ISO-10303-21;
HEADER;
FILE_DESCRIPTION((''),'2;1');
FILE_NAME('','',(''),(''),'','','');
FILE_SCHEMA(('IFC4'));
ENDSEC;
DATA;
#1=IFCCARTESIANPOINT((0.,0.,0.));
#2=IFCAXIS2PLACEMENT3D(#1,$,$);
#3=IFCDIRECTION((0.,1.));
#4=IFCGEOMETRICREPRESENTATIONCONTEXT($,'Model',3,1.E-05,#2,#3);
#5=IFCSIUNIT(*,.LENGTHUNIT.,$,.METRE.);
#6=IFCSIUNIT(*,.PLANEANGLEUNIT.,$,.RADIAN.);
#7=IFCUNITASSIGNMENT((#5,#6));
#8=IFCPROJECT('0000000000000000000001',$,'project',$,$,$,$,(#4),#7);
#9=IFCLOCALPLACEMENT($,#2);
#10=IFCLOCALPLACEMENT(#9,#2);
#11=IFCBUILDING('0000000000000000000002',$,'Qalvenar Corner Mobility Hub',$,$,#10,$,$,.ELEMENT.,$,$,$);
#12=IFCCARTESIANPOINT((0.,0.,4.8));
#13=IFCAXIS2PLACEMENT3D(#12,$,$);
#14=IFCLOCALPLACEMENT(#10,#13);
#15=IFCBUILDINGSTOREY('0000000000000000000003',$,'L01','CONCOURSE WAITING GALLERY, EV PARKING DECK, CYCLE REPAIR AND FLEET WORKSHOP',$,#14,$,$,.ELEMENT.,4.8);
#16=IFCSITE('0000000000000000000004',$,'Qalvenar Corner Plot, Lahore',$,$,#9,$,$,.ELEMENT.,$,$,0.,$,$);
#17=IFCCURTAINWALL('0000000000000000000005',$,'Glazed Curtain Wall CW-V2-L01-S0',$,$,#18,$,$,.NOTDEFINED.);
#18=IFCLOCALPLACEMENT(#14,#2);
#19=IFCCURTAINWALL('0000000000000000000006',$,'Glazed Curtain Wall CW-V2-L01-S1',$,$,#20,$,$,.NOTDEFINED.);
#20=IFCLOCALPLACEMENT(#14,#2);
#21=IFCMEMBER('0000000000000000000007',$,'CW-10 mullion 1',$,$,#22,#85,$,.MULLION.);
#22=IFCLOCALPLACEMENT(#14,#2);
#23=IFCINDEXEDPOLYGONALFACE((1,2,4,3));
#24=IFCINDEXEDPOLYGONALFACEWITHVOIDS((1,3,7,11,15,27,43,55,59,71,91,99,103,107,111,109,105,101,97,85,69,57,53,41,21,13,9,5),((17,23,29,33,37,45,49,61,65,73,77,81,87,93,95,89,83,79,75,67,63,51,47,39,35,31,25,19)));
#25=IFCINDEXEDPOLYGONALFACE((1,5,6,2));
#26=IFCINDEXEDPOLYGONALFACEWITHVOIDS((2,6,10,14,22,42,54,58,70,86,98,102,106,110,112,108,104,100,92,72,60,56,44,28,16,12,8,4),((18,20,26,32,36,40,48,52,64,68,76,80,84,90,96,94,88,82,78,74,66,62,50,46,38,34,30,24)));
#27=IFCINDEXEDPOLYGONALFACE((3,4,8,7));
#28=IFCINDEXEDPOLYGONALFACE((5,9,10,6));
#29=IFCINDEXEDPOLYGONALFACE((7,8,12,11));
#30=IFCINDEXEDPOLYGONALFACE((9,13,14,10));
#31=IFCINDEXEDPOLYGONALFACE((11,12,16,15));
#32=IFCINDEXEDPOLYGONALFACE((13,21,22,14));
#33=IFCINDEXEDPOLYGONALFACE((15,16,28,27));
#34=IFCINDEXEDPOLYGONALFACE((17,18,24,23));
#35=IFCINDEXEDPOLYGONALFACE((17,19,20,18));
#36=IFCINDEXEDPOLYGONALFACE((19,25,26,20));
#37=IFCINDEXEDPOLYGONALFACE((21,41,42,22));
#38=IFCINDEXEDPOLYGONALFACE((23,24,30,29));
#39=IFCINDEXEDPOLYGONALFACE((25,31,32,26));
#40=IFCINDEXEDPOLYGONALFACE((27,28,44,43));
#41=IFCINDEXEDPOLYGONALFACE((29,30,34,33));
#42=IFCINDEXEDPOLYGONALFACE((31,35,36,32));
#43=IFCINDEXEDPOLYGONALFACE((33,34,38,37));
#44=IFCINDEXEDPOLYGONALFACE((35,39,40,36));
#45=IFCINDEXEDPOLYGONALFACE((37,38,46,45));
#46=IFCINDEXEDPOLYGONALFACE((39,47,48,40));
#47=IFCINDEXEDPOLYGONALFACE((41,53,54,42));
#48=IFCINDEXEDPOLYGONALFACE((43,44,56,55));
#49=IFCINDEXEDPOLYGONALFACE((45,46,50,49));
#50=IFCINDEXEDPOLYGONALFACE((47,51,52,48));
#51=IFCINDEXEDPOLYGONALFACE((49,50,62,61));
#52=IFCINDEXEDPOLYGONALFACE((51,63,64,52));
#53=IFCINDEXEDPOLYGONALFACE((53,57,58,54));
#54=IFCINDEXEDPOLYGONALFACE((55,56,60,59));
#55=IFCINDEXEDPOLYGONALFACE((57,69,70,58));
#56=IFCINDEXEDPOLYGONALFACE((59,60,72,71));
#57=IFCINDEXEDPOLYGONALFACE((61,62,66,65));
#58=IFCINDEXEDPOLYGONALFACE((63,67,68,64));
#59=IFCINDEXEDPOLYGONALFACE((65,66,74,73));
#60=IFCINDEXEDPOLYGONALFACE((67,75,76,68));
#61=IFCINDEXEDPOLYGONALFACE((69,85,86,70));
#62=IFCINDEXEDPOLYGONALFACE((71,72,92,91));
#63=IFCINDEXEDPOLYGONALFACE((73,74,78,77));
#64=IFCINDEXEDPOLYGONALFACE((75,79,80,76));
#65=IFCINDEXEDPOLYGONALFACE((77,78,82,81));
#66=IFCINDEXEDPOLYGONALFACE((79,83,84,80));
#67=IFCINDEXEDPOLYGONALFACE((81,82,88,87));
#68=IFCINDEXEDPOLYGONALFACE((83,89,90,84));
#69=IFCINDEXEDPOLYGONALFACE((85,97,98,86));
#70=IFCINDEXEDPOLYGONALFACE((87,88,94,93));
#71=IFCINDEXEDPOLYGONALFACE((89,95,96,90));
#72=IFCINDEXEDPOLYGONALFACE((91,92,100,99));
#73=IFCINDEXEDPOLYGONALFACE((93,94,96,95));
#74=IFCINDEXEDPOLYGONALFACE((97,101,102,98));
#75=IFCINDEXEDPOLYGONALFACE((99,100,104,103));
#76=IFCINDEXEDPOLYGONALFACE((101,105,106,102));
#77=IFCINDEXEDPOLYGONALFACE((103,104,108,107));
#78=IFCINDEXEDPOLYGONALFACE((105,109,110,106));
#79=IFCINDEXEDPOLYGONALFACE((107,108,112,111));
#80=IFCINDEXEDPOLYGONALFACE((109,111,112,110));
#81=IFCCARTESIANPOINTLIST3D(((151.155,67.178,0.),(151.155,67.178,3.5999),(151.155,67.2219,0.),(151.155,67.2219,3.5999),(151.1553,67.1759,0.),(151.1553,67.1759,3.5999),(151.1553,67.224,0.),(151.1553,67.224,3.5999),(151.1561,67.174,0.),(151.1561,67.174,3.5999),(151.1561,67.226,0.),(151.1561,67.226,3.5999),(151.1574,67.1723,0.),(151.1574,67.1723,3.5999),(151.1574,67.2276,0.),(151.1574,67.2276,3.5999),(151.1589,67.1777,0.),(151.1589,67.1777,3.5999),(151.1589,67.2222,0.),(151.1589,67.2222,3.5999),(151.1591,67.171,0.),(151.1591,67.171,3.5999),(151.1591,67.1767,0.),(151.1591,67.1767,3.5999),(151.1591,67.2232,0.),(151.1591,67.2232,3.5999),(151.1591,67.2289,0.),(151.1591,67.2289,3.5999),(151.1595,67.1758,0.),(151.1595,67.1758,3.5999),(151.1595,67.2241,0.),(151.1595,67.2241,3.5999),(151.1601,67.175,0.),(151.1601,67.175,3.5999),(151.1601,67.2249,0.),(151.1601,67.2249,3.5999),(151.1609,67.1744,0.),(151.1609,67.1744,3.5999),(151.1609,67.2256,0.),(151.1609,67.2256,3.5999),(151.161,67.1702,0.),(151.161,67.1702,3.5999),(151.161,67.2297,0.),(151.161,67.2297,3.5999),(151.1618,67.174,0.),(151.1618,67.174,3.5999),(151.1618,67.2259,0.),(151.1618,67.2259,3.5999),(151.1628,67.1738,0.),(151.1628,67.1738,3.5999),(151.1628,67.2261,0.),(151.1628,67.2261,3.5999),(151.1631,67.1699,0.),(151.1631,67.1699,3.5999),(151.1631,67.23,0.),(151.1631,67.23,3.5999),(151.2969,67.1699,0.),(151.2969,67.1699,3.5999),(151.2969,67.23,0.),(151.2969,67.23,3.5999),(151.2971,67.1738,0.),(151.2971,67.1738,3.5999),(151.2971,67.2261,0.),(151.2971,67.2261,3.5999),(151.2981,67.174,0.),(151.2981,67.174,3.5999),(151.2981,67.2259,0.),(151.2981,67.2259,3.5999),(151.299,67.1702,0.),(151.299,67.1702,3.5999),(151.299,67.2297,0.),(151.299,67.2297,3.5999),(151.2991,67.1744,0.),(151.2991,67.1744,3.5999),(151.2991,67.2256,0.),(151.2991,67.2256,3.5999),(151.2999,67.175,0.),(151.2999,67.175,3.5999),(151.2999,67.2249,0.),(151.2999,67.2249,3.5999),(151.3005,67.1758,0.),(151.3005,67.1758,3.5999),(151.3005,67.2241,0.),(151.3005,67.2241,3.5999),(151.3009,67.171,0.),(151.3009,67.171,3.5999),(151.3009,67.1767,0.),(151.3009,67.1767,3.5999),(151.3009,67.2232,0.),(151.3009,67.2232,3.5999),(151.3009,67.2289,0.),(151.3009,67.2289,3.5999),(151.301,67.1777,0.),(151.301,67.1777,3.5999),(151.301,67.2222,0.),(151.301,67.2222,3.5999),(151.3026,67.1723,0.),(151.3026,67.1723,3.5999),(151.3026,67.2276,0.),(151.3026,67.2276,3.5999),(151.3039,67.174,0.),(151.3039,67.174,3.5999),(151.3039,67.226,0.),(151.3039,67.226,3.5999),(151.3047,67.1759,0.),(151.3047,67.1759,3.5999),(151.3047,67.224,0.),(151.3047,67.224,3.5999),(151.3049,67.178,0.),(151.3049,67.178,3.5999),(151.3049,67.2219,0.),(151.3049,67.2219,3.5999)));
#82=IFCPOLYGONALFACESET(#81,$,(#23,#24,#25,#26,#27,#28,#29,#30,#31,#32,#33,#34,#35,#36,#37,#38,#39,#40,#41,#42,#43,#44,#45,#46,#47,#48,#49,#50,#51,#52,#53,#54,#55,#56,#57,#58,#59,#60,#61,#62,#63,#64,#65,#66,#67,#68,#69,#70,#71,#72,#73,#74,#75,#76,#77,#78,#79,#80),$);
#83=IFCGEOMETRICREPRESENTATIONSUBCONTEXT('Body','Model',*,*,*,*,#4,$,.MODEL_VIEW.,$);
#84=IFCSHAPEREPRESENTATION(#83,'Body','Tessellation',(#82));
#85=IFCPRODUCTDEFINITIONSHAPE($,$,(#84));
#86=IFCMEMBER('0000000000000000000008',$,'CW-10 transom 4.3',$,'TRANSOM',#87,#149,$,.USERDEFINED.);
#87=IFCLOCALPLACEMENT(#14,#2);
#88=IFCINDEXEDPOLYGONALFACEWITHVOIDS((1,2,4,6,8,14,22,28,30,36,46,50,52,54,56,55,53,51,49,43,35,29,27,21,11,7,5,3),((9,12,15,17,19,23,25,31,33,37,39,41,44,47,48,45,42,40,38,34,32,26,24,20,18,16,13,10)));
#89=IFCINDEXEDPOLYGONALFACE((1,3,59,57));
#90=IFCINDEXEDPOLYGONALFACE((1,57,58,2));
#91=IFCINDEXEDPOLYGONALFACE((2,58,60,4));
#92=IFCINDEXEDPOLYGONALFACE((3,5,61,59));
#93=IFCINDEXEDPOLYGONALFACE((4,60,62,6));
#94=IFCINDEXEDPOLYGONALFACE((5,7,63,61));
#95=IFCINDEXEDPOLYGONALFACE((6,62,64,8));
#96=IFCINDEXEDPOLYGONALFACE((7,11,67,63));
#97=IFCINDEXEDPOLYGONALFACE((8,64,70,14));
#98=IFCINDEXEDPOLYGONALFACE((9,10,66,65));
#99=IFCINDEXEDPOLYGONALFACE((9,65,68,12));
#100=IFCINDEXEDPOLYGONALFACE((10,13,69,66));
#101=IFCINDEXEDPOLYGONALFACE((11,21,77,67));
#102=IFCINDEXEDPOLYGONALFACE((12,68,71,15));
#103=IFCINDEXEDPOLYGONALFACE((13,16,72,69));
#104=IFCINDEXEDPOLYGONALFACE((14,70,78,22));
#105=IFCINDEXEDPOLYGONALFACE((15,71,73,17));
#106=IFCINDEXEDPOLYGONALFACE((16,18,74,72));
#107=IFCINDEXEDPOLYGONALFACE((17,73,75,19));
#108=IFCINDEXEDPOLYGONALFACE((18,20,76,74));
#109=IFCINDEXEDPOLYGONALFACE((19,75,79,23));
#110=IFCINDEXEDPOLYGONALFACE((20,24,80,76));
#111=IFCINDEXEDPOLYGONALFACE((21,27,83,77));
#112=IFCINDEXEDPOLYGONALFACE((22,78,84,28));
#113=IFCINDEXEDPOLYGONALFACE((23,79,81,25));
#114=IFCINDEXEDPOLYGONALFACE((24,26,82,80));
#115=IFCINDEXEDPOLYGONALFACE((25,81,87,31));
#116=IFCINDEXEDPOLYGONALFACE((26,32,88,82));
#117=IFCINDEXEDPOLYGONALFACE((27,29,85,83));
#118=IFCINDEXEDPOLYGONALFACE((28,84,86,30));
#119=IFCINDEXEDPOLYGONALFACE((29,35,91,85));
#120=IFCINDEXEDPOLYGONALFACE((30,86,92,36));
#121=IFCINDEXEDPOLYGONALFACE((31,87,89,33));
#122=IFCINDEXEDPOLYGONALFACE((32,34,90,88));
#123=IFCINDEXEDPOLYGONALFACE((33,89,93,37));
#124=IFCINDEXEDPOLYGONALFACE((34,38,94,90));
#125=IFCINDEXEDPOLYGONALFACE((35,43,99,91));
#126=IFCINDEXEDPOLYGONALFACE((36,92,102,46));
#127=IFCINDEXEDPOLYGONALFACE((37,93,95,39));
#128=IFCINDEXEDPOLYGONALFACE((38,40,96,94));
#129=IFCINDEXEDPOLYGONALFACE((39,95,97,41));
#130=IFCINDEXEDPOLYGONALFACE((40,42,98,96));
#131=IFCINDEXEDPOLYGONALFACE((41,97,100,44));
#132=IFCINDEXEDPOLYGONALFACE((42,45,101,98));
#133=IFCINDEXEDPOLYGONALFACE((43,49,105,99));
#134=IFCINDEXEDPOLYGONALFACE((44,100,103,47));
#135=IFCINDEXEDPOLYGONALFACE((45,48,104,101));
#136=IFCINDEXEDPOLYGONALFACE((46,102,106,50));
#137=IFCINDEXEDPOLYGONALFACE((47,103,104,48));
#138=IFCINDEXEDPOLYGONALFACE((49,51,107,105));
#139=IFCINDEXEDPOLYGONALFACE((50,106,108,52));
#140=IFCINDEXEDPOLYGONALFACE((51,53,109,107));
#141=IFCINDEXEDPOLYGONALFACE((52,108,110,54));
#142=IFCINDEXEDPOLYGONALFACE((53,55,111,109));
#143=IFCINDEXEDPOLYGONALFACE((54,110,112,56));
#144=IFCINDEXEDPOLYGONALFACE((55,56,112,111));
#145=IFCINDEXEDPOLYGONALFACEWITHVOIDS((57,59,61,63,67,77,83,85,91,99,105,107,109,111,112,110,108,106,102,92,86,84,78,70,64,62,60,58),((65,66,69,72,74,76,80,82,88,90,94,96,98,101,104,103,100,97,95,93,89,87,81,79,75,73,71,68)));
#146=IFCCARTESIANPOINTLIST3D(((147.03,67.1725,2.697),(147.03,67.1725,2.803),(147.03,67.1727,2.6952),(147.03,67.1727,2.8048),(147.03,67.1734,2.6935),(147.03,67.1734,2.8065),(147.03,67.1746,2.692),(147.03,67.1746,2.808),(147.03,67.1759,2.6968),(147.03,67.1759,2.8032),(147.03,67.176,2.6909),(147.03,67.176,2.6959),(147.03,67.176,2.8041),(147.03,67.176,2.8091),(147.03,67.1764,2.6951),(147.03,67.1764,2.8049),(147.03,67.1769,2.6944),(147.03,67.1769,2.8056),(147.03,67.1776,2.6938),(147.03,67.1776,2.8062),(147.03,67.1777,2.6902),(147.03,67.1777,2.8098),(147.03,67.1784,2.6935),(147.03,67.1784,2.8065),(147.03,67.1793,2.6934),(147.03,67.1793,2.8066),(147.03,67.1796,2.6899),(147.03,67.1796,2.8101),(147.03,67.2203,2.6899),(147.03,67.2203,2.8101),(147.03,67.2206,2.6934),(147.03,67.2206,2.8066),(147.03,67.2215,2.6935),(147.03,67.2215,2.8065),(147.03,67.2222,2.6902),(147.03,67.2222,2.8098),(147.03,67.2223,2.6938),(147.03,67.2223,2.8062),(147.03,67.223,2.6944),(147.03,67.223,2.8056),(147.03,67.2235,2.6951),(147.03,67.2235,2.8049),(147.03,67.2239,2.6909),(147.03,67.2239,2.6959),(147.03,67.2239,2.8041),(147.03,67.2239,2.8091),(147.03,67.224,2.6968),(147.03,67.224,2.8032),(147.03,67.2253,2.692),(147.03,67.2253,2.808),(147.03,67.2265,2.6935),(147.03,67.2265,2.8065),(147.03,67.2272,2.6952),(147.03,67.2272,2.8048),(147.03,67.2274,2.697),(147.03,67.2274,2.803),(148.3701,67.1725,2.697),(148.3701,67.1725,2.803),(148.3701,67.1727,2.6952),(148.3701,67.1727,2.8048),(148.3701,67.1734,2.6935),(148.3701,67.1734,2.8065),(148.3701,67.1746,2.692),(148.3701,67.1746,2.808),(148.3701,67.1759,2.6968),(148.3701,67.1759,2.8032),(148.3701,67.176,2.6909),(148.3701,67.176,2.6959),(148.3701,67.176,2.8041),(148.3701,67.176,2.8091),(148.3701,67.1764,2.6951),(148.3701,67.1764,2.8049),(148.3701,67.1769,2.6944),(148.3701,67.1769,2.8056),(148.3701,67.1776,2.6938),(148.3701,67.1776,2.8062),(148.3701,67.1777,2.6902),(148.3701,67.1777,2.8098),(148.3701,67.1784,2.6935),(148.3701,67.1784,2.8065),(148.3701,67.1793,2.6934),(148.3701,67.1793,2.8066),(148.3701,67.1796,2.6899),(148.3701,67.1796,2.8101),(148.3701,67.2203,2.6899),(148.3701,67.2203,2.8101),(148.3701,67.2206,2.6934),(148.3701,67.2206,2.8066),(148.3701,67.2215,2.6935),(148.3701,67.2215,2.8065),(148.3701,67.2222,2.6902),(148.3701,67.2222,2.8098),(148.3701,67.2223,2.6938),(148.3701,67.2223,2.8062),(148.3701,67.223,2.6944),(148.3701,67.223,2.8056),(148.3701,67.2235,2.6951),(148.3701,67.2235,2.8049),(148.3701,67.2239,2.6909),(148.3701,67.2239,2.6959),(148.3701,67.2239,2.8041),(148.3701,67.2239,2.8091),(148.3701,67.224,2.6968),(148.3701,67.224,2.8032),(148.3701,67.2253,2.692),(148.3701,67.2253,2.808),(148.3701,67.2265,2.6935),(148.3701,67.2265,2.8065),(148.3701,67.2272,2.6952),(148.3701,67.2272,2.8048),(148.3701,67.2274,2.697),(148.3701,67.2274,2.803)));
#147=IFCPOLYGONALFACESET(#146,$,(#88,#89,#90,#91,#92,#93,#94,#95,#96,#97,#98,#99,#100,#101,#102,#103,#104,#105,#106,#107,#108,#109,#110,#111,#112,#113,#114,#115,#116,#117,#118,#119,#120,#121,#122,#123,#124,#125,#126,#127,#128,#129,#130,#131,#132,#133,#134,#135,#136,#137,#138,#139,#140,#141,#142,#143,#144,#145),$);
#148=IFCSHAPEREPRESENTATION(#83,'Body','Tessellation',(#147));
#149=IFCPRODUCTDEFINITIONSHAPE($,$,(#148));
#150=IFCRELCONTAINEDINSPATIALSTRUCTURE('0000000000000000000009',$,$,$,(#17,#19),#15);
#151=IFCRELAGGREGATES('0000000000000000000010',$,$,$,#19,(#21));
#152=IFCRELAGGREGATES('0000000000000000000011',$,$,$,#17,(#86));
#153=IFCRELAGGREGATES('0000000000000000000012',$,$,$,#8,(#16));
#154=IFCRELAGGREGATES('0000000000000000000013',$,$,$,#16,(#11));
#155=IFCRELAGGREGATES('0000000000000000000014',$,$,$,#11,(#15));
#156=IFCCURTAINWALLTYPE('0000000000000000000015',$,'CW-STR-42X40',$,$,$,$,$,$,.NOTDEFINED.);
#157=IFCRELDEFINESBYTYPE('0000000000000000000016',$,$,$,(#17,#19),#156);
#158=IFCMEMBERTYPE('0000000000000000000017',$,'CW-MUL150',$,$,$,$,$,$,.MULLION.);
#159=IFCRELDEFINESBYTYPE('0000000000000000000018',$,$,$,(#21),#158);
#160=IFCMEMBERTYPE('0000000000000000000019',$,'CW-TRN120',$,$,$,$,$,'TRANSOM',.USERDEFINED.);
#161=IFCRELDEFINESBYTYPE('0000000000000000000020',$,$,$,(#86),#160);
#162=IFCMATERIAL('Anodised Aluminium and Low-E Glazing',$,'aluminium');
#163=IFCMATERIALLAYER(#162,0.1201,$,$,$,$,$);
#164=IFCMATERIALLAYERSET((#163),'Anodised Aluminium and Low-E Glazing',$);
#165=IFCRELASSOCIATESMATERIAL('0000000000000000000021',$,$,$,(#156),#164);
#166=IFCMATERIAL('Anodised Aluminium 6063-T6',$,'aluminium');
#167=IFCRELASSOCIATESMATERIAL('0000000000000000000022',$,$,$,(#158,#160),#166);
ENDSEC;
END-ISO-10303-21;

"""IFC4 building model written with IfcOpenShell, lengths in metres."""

from ifc_helpers import new_model, si_unit, direction, frame, origin, origin_2d, place, context, subcontext, project, spatial, hollow_rectangle, extrude, material, layer, layer_set, material_profile, profile_set, type_object, element, aggregate, save


model = new_model("IFC4")

# Units and contexts
model_context = context("Model", 3, precision=1e-05, world=origin(), true_north=direction((0.0, 1.0)))
body_context = subcontext(model_context, "Body", "Model", "MODEL_VIEW")
ifc_project = project(units=[si_unit("LENGTHUNIT", "METRE"), si_unit("PLANEANGLEUNIT", "RADIAN")], contexts=[model_context])

# Site, building, storey
site_placement = place(None, origin())
site = spatial("IfcSite", under=ifc_project, at=site_placement, Name="Qalvenar Corner Plot, Lahore", CompositionType="ELEMENT", RefElevation=0.0)
building_placement = place(site_placement, origin())
building = spatial("IfcBuilding", under=site, at=building_placement, Name="Qalvenar Corner Mobility Hub", CompositionType="ELEMENT")
storey_placement = place(building_placement, frame((0.0, 0.0, 4.8)))
storey = spatial("IfcBuildingStorey", under=building, at=storey_placement, Name="L01", Description="CONCOURSE WAITING GALLERY, EV PARKING DECK, CYCLE REPAIR AND FLEET WORKSHOP", CompositionType="ELEMENT", Elevation=4.8)

# Curtain wall
ifc_material_1 = material(Name="Anodised Aluminium and Low-E Glazing", Category="aluminium")
ifc_layer_1 = layer(ifc_material_1, 0.1201)
ifc_layer_set_1 = layer_set([ifc_layer_1], Name="Anodised Aluminium and Low-E Glazing")
curtain_wall_type = type_object("IfcCurtainWallType", Name="CW-STR-42X40", PredefinedType="NOTDEFINED", material=ifc_layer_set_1)
curtain_wall_1_placement = place(storey_placement, origin())
curtain_wall_1 = element("IfcCurtainWall", 1, at=curtain_wall_1_placement, inside=storey, type_object=curtain_wall_type, Name="Glazed Curtain Wall CW-V2-L01-S0", PredefinedType="NOTDEFINED")
ifc_material_2 = material(Name="Anodised Aluminium 6063-T6", Category="aluminium")
ifc_material_profile_1 = material_profile(ifc_material_2, hollow_rectangle(XDim=0.0601, YDim=0.1499, WallThickness=0.0039, InnerFilletRadius=0.0039, OuterFilletRadius=0.0081, at=origin_2d()), Name="RHS150x60x4")
ifc_profile_set_1 = profile_set([ifc_material_profile_1], Name="Anodised Aluminium 6063-T6")
member_type_1 = type_object("IfcMemberType", Name="CW-MUL150", PredefinedType="MULLION", material=ifc_profile_set_1)

# Curtain wall, member
curtain_wall_2_placement = place(storey_placement, origin())
curtain_wall_2 = element("IfcCurtainWall", 2, at=curtain_wall_2_placement, inside=storey, type_object=curtain_wall_type, Name="Glazed Curtain Wall CW-V2-L01-S1", PredefinedType="NOTDEFINED")
member_1_placement = place(storey_placement, frame((151.23, 67.2, 0.0), z_axis=(0.0, 0.0, 1.0), x_axis=(0.0, 1.0, 0.0)))
member_1 = element("IfcMember", 3, at=member_1_placement, type_object=member_type_1, Name="CW-10 mullion 1", PredefinedType="MULLION", context=body_context, shape_type="SweptSolid", body=[
    extrude(hollow_rectangle(XDim=0.0601, YDim=0.1499, WallThickness=0.0039, InnerFilletRadius=0.0039, OuterFilletRadius=0.0081, at=origin_2d()), origin(), (0.0, 0.0, 1.0), 3.5999),
])

# Member
ifc_material_profile_2 = material_profile(ifc_material_2, hollow_rectangle(XDim=0.0549, YDim=0.1201, WallThickness=0.0034, InnerFilletRadius=0.0034, OuterFilletRadius=0.0071, at=origin_2d()), Name="RHS120x55x3.5")
ifc_profile_set_2 = profile_set([ifc_material_profile_2], Name="Anodised Aluminium 6063-T6")
member_type_2 = type_object("IfcMemberType", Name="CW-TRN120", ElementType="TRANSOM", PredefinedType="USERDEFINED", material=ifc_profile_set_2)
member_2_placement = place(storey_placement, frame((147.03, 67.2, 2.75), z_axis=(1.0, 0.0, 0.0), x_axis=(0.0, 1.0, 0.0)))
member_2 = element("IfcMember", 4, at=member_2_placement, type_object=member_type_2, Name="CW-10 transom 4.3", ObjectType="TRANSOM", PredefinedType="USERDEFINED", context=body_context, shape_type="SweptSolid", body=[
    extrude(hollow_rectangle(XDim=0.0549, YDim=0.1201, WallThickness=0.0034, InnerFilletRadius=0.0034, OuterFilletRadius=0.0071, at=origin_2d()), origin(), (0.0, 0.0, 1.0), 1.3401),
])
aggregate(curtain_wall_2, [member_1])

aggregate(curtain_wall_1, [member_2])

save(model, "model.ifc")
